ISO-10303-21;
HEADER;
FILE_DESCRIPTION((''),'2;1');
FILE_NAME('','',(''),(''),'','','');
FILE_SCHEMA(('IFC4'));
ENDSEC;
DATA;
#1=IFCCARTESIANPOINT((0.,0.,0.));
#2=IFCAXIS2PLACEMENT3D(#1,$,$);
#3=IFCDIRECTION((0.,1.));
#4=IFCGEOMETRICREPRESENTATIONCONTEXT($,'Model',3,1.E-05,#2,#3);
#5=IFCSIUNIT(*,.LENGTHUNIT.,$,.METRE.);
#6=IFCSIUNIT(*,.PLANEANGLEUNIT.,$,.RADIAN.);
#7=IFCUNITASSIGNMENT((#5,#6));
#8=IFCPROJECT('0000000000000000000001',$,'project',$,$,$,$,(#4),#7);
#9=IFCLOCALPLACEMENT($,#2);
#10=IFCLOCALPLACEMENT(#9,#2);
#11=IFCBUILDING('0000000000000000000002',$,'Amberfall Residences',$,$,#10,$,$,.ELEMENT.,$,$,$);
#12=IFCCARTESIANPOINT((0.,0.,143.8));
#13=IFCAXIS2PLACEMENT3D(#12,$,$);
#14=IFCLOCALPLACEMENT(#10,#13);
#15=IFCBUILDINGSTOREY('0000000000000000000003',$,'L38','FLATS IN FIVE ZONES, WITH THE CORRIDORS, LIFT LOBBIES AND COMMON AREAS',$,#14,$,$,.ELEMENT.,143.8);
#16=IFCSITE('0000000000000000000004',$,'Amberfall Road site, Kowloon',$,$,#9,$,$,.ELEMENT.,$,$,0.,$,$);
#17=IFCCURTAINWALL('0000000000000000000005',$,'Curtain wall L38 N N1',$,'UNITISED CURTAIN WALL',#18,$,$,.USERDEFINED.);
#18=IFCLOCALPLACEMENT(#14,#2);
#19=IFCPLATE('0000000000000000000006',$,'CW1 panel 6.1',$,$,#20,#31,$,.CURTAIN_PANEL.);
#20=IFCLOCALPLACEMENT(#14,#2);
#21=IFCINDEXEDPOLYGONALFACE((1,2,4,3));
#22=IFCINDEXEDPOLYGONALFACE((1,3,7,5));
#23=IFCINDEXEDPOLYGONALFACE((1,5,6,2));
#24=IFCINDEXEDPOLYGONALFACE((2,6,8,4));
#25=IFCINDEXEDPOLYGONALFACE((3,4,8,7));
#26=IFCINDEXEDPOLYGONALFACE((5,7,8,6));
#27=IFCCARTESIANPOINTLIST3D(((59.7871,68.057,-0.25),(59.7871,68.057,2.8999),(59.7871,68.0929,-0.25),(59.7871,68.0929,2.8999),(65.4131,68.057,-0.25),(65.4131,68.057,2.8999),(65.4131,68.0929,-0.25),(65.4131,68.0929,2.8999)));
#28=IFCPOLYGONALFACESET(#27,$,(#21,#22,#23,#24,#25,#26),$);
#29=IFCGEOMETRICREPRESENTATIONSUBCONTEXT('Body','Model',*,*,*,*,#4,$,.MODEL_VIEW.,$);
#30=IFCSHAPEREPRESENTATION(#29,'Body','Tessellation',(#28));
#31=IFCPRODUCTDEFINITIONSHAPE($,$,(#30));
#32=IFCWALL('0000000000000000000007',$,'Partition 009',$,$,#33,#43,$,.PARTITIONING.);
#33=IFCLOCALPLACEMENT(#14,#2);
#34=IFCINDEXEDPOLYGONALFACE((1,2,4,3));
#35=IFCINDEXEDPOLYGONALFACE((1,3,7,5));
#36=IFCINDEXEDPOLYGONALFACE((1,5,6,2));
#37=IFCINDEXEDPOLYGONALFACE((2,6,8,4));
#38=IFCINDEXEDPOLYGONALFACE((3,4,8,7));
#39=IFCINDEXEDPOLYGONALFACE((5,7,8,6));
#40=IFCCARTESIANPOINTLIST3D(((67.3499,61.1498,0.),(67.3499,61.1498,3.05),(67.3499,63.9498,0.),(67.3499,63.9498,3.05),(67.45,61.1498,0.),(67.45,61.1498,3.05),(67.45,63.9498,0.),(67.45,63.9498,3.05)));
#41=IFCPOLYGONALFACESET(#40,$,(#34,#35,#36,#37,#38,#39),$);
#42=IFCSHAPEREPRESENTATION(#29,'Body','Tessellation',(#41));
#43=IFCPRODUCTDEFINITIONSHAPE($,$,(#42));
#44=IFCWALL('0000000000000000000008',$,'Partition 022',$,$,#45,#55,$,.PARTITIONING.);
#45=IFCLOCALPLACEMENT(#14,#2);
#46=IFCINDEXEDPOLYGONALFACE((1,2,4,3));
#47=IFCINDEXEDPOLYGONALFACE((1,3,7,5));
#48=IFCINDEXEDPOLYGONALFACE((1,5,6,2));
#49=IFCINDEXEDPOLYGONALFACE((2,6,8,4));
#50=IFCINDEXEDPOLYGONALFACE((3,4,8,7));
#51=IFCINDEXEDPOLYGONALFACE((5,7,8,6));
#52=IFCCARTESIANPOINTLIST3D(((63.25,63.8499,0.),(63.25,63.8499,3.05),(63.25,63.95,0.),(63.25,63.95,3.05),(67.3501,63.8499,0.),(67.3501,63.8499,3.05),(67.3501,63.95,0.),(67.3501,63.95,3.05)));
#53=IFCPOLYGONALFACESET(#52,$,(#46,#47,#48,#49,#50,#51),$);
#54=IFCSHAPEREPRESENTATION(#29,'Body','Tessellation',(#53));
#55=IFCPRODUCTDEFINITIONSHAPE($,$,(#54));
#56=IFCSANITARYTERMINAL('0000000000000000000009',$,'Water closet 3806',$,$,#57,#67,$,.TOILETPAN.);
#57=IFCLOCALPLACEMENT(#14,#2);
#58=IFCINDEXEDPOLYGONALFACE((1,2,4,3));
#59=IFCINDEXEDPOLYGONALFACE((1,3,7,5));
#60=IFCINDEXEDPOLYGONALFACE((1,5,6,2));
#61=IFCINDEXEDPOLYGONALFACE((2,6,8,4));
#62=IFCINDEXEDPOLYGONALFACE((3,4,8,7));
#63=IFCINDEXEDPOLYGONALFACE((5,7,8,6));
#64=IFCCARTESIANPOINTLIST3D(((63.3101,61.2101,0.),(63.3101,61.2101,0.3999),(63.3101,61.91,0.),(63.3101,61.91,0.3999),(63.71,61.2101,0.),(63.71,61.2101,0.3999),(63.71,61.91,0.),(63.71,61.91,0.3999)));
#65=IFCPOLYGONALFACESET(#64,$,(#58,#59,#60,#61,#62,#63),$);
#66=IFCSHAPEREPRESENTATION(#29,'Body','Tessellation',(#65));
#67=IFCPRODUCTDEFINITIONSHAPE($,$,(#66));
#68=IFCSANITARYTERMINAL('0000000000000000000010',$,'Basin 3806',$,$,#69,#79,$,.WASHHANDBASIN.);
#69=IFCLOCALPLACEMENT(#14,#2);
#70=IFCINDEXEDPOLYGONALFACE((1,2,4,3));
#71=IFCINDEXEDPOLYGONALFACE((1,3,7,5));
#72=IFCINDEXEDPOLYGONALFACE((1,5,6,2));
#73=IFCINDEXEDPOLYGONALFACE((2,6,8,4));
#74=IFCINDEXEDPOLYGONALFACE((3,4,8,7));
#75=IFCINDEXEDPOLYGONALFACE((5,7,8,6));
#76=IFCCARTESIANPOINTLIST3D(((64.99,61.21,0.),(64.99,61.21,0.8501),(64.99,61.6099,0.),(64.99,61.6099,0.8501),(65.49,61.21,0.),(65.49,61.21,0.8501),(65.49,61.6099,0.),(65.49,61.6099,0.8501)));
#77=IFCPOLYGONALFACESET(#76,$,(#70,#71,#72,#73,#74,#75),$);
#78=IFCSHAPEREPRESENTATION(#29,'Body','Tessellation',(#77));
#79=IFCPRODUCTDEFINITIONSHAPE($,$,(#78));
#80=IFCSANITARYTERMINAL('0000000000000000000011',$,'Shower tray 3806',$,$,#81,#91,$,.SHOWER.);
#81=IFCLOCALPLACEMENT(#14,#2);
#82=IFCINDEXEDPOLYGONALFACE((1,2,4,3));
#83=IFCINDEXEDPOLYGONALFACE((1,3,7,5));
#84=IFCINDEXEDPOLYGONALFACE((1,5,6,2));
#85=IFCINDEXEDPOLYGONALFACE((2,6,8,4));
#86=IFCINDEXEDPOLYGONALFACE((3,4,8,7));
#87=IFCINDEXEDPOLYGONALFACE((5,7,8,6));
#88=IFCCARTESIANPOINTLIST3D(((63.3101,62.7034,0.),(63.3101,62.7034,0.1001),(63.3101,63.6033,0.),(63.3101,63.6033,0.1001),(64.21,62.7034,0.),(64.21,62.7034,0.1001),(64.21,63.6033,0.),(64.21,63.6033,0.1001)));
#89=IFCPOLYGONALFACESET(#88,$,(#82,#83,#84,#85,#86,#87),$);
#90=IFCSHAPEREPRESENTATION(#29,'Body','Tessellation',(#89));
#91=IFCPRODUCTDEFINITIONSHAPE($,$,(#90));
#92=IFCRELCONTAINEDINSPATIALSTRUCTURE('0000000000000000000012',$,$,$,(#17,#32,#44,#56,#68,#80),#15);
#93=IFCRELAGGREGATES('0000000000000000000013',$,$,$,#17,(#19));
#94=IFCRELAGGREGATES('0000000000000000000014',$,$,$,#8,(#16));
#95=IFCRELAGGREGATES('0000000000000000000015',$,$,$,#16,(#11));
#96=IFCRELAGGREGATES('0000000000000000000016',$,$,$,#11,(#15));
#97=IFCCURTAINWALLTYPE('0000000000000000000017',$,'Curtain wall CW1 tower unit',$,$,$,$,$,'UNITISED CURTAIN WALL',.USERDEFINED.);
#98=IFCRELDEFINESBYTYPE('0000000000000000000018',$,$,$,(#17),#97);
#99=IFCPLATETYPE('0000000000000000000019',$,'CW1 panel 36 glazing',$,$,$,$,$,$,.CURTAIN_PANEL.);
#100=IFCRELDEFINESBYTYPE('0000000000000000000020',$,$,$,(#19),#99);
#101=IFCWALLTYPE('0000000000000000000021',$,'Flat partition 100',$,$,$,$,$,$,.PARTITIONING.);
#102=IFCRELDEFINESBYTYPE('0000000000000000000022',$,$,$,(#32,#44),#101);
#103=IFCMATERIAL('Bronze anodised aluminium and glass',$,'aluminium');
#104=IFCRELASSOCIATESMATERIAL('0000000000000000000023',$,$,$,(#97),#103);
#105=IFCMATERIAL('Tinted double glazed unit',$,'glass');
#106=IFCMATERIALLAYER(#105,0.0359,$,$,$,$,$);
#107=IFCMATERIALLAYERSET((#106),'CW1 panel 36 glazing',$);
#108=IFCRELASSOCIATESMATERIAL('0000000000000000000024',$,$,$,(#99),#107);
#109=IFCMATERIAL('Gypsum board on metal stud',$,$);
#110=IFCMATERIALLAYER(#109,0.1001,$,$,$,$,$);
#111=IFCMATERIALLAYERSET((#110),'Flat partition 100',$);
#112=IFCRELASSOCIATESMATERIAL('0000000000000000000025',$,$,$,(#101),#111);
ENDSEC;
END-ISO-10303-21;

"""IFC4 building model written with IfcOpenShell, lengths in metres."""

from ifc_helpers import new_model, si_unit, direction, frame, frame_2d, origin, origin_2d, place, context, subcontext, project, spatial, rectangle, extrude, material, layer, layer_set, type_object, element, aggregate, save


model = new_model("IFC4")

# Units and contexts
model_context = context("Model", 3, precision=1e-05, world=origin(), true_north=direction((0.0, 1.0)))
body_context = subcontext(model_context, "Body", "Model", "MODEL_VIEW")
ifc_project = project(units=[si_unit("LENGTHUNIT", "METRE"), si_unit("PLANEANGLEUNIT", "RADIAN")], contexts=[model_context])

# Site, building, storey
site_placement = place(None, origin())
site = spatial("IfcSite", under=ifc_project, at=site_placement, Name="Amberfall Road site, Kowloon", CompositionType="ELEMENT", RefElevation=0.0)
building_placement = place(site_placement, origin())
building = spatial("IfcBuilding", under=site, at=building_placement, Name="Amberfall Residences", CompositionType="ELEMENT")
storey_placement = place(building_placement, frame((0.0, 0.0, 143.8)))
storey = spatial("IfcBuildingStorey", under=building, at=storey_placement, Name="L38", Description="FLATS IN FIVE ZONES, WITH THE CORRIDORS, LIFT LOBBIES AND COMMON AREAS", CompositionType="ELEMENT", Elevation=143.8)

# Curtain wall
ifc_material_1 = material(Name="Bronze anodised aluminium and glass", Category="aluminium")
curtain_wall_type = type_object("IfcCurtainWallType", Name="Curtain wall CW1 tower unit", ElementType="UNITISED CURTAIN WALL", PredefinedType="USERDEFINED", material=ifc_material_1)
curtain_wall_placement = place(storey_placement, origin())
curtain_wall = element("IfcCurtainWall", 1, at=curtain_wall_placement, inside=storey, type_object=curtain_wall_type, Name="Curtain wall L38 N N1", ObjectType="UNITISED CURTAIN WALL", PredefinedType="USERDEFINED")

# Plate
ifc_material_2 = material(Name="Tinted double glazed unit", Category="glass")
ifc_layer_1 = layer(ifc_material_2, 0.0359)
ifc_layer_set_1 = layer_set([ifc_layer_1], Name="CW1 panel 36 glazing")
plate_type = type_object("IfcPlateType", Name="CW1 panel 36 glazing", PredefinedType="CURTAIN_PANEL", material=ifc_layer_set_1)
plate_1_placement = place(storey_placement, frame((62.6001, 68.075, -0.25), z_axis=(0.0, 0.0, 1.0), x_axis=(-1.0, 0.0, 0.0)))
plate_1 = element("IfcPlate", 2, at=plate_1_placement, type_object=plate_type, Name="CW1 panel 6.1", PredefinedType="CURTAIN_PANEL", context=body_context, shape_type="SweptSolid", body=[
    extrude(rectangle(XDim=5.626, YDim=0.0359, at=origin_2d()), origin(), (0.0, 0.0, 1.0), 3.1499),
])
aggregate(curtain_wall, [plate_1])

# Walls
ifc_material_3 = material(Name="Gypsum board on metal stud")
ifc_layer_2 = layer(ifc_material_3, 0.1001)
ifc_layer_set_2 = layer_set([ifc_layer_2], Name="Flat partition 100")
wall_type = type_object("IfcWallType", Name="Flat partition 100", PredefinedType="PARTITIONING", material=ifc_layer_set_2)
wall_1_placement = place(storey_placement, frame((67.3999, 61.1499, 0.0), z_axis=(0.0, 0.0, 1.0), x_axis=(0.0, 1.0, 0.0)))
element("IfcWall", 3, at=wall_1_placement, inside=storey, type_object=wall_type, Name="Partition 009", PredefinedType="PARTITIONING", context=body_context, shape_type="SweptSolid", body=[
    extrude(rectangle(XDim=2.8, YDim=0.1001, at=frame_2d((1.3999, 0.0))), origin(), (0.0, 0.0, 1.0), 3.05),
])
wall_2_placement = place(storey_placement, frame((63.25, 63.8999, 0.0), z_axis=(0.0, 0.0, 1.0), x_axis=(1.0, 0.0, 0.0)))
element("IfcWall", 4, at=wall_2_placement, inside=storey, type_object=wall_type, Name="Partition 022", PredefinedType="PARTITIONING", context=body_context, shape_type="SweptSolid", body=[
    extrude(rectangle(XDim=4.1001, YDim=0.1001, at=frame_2d((2.05, 0.0))), origin(), (0.0, 0.0, 1.0), 3.05),
])

# Sanitary terminals
sanitary_terminal_1_placement = place(storey_placement, frame((63.51, 61.5601, 0.0), z_axis=(0.0, 0.0, 1.0), x_axis=(1.0, 0.0, 0.0)))
element("IfcSanitaryTerminal", 5, at=sanitary_terminal_1_placement, inside=storey, Name="Water closet 3806", PredefinedType="TOILETPAN", context=body_context, shape_type="SweptSolid", body=[
    extrude(rectangle(XDim=0.3999, YDim=0.7, at=origin_2d()), origin(), (0.0, 0.0, 1.0), 0.3999),
])
sanitary_terminal_2_placement = place(storey_placement, frame((65.24, 61.4099, 0.0), z_axis=(0.0, 0.0, 1.0), x_axis=(1.0, 0.0, 0.0)))
element("IfcSanitaryTerminal", 6, at=sanitary_terminal_2_placement, inside=storey, Name="Basin 3806", PredefinedType="WASHHANDBASIN", context=body_context, shape_type="SweptSolid", body=[
    extrude(rectangle(XDim=0.5, YDim=0.3999, at=origin_2d()), origin(), (0.0, 0.0, 1.0), 0.8501),
])
sanitary_terminal_3_placement = place(storey_placement, frame((63.76, 63.1533, 0.0), z_axis=(0.0, 0.0, 1.0), x_axis=(1.0, 0.0, 0.0)))
element("IfcSanitaryTerminal", 7, at=sanitary_terminal_3_placement, inside=storey, Name="Shower tray 3806", PredefinedType="SHOWER", context=body_context, shape_type="SweptSolid", body=[
    extrude(rectangle(XDim=0.8999, YDim=0.8999, at=origin_2d()), origin(), (0.0, 0.0, 1.0), 0.1001),
])

save(model, "model.ifc")
